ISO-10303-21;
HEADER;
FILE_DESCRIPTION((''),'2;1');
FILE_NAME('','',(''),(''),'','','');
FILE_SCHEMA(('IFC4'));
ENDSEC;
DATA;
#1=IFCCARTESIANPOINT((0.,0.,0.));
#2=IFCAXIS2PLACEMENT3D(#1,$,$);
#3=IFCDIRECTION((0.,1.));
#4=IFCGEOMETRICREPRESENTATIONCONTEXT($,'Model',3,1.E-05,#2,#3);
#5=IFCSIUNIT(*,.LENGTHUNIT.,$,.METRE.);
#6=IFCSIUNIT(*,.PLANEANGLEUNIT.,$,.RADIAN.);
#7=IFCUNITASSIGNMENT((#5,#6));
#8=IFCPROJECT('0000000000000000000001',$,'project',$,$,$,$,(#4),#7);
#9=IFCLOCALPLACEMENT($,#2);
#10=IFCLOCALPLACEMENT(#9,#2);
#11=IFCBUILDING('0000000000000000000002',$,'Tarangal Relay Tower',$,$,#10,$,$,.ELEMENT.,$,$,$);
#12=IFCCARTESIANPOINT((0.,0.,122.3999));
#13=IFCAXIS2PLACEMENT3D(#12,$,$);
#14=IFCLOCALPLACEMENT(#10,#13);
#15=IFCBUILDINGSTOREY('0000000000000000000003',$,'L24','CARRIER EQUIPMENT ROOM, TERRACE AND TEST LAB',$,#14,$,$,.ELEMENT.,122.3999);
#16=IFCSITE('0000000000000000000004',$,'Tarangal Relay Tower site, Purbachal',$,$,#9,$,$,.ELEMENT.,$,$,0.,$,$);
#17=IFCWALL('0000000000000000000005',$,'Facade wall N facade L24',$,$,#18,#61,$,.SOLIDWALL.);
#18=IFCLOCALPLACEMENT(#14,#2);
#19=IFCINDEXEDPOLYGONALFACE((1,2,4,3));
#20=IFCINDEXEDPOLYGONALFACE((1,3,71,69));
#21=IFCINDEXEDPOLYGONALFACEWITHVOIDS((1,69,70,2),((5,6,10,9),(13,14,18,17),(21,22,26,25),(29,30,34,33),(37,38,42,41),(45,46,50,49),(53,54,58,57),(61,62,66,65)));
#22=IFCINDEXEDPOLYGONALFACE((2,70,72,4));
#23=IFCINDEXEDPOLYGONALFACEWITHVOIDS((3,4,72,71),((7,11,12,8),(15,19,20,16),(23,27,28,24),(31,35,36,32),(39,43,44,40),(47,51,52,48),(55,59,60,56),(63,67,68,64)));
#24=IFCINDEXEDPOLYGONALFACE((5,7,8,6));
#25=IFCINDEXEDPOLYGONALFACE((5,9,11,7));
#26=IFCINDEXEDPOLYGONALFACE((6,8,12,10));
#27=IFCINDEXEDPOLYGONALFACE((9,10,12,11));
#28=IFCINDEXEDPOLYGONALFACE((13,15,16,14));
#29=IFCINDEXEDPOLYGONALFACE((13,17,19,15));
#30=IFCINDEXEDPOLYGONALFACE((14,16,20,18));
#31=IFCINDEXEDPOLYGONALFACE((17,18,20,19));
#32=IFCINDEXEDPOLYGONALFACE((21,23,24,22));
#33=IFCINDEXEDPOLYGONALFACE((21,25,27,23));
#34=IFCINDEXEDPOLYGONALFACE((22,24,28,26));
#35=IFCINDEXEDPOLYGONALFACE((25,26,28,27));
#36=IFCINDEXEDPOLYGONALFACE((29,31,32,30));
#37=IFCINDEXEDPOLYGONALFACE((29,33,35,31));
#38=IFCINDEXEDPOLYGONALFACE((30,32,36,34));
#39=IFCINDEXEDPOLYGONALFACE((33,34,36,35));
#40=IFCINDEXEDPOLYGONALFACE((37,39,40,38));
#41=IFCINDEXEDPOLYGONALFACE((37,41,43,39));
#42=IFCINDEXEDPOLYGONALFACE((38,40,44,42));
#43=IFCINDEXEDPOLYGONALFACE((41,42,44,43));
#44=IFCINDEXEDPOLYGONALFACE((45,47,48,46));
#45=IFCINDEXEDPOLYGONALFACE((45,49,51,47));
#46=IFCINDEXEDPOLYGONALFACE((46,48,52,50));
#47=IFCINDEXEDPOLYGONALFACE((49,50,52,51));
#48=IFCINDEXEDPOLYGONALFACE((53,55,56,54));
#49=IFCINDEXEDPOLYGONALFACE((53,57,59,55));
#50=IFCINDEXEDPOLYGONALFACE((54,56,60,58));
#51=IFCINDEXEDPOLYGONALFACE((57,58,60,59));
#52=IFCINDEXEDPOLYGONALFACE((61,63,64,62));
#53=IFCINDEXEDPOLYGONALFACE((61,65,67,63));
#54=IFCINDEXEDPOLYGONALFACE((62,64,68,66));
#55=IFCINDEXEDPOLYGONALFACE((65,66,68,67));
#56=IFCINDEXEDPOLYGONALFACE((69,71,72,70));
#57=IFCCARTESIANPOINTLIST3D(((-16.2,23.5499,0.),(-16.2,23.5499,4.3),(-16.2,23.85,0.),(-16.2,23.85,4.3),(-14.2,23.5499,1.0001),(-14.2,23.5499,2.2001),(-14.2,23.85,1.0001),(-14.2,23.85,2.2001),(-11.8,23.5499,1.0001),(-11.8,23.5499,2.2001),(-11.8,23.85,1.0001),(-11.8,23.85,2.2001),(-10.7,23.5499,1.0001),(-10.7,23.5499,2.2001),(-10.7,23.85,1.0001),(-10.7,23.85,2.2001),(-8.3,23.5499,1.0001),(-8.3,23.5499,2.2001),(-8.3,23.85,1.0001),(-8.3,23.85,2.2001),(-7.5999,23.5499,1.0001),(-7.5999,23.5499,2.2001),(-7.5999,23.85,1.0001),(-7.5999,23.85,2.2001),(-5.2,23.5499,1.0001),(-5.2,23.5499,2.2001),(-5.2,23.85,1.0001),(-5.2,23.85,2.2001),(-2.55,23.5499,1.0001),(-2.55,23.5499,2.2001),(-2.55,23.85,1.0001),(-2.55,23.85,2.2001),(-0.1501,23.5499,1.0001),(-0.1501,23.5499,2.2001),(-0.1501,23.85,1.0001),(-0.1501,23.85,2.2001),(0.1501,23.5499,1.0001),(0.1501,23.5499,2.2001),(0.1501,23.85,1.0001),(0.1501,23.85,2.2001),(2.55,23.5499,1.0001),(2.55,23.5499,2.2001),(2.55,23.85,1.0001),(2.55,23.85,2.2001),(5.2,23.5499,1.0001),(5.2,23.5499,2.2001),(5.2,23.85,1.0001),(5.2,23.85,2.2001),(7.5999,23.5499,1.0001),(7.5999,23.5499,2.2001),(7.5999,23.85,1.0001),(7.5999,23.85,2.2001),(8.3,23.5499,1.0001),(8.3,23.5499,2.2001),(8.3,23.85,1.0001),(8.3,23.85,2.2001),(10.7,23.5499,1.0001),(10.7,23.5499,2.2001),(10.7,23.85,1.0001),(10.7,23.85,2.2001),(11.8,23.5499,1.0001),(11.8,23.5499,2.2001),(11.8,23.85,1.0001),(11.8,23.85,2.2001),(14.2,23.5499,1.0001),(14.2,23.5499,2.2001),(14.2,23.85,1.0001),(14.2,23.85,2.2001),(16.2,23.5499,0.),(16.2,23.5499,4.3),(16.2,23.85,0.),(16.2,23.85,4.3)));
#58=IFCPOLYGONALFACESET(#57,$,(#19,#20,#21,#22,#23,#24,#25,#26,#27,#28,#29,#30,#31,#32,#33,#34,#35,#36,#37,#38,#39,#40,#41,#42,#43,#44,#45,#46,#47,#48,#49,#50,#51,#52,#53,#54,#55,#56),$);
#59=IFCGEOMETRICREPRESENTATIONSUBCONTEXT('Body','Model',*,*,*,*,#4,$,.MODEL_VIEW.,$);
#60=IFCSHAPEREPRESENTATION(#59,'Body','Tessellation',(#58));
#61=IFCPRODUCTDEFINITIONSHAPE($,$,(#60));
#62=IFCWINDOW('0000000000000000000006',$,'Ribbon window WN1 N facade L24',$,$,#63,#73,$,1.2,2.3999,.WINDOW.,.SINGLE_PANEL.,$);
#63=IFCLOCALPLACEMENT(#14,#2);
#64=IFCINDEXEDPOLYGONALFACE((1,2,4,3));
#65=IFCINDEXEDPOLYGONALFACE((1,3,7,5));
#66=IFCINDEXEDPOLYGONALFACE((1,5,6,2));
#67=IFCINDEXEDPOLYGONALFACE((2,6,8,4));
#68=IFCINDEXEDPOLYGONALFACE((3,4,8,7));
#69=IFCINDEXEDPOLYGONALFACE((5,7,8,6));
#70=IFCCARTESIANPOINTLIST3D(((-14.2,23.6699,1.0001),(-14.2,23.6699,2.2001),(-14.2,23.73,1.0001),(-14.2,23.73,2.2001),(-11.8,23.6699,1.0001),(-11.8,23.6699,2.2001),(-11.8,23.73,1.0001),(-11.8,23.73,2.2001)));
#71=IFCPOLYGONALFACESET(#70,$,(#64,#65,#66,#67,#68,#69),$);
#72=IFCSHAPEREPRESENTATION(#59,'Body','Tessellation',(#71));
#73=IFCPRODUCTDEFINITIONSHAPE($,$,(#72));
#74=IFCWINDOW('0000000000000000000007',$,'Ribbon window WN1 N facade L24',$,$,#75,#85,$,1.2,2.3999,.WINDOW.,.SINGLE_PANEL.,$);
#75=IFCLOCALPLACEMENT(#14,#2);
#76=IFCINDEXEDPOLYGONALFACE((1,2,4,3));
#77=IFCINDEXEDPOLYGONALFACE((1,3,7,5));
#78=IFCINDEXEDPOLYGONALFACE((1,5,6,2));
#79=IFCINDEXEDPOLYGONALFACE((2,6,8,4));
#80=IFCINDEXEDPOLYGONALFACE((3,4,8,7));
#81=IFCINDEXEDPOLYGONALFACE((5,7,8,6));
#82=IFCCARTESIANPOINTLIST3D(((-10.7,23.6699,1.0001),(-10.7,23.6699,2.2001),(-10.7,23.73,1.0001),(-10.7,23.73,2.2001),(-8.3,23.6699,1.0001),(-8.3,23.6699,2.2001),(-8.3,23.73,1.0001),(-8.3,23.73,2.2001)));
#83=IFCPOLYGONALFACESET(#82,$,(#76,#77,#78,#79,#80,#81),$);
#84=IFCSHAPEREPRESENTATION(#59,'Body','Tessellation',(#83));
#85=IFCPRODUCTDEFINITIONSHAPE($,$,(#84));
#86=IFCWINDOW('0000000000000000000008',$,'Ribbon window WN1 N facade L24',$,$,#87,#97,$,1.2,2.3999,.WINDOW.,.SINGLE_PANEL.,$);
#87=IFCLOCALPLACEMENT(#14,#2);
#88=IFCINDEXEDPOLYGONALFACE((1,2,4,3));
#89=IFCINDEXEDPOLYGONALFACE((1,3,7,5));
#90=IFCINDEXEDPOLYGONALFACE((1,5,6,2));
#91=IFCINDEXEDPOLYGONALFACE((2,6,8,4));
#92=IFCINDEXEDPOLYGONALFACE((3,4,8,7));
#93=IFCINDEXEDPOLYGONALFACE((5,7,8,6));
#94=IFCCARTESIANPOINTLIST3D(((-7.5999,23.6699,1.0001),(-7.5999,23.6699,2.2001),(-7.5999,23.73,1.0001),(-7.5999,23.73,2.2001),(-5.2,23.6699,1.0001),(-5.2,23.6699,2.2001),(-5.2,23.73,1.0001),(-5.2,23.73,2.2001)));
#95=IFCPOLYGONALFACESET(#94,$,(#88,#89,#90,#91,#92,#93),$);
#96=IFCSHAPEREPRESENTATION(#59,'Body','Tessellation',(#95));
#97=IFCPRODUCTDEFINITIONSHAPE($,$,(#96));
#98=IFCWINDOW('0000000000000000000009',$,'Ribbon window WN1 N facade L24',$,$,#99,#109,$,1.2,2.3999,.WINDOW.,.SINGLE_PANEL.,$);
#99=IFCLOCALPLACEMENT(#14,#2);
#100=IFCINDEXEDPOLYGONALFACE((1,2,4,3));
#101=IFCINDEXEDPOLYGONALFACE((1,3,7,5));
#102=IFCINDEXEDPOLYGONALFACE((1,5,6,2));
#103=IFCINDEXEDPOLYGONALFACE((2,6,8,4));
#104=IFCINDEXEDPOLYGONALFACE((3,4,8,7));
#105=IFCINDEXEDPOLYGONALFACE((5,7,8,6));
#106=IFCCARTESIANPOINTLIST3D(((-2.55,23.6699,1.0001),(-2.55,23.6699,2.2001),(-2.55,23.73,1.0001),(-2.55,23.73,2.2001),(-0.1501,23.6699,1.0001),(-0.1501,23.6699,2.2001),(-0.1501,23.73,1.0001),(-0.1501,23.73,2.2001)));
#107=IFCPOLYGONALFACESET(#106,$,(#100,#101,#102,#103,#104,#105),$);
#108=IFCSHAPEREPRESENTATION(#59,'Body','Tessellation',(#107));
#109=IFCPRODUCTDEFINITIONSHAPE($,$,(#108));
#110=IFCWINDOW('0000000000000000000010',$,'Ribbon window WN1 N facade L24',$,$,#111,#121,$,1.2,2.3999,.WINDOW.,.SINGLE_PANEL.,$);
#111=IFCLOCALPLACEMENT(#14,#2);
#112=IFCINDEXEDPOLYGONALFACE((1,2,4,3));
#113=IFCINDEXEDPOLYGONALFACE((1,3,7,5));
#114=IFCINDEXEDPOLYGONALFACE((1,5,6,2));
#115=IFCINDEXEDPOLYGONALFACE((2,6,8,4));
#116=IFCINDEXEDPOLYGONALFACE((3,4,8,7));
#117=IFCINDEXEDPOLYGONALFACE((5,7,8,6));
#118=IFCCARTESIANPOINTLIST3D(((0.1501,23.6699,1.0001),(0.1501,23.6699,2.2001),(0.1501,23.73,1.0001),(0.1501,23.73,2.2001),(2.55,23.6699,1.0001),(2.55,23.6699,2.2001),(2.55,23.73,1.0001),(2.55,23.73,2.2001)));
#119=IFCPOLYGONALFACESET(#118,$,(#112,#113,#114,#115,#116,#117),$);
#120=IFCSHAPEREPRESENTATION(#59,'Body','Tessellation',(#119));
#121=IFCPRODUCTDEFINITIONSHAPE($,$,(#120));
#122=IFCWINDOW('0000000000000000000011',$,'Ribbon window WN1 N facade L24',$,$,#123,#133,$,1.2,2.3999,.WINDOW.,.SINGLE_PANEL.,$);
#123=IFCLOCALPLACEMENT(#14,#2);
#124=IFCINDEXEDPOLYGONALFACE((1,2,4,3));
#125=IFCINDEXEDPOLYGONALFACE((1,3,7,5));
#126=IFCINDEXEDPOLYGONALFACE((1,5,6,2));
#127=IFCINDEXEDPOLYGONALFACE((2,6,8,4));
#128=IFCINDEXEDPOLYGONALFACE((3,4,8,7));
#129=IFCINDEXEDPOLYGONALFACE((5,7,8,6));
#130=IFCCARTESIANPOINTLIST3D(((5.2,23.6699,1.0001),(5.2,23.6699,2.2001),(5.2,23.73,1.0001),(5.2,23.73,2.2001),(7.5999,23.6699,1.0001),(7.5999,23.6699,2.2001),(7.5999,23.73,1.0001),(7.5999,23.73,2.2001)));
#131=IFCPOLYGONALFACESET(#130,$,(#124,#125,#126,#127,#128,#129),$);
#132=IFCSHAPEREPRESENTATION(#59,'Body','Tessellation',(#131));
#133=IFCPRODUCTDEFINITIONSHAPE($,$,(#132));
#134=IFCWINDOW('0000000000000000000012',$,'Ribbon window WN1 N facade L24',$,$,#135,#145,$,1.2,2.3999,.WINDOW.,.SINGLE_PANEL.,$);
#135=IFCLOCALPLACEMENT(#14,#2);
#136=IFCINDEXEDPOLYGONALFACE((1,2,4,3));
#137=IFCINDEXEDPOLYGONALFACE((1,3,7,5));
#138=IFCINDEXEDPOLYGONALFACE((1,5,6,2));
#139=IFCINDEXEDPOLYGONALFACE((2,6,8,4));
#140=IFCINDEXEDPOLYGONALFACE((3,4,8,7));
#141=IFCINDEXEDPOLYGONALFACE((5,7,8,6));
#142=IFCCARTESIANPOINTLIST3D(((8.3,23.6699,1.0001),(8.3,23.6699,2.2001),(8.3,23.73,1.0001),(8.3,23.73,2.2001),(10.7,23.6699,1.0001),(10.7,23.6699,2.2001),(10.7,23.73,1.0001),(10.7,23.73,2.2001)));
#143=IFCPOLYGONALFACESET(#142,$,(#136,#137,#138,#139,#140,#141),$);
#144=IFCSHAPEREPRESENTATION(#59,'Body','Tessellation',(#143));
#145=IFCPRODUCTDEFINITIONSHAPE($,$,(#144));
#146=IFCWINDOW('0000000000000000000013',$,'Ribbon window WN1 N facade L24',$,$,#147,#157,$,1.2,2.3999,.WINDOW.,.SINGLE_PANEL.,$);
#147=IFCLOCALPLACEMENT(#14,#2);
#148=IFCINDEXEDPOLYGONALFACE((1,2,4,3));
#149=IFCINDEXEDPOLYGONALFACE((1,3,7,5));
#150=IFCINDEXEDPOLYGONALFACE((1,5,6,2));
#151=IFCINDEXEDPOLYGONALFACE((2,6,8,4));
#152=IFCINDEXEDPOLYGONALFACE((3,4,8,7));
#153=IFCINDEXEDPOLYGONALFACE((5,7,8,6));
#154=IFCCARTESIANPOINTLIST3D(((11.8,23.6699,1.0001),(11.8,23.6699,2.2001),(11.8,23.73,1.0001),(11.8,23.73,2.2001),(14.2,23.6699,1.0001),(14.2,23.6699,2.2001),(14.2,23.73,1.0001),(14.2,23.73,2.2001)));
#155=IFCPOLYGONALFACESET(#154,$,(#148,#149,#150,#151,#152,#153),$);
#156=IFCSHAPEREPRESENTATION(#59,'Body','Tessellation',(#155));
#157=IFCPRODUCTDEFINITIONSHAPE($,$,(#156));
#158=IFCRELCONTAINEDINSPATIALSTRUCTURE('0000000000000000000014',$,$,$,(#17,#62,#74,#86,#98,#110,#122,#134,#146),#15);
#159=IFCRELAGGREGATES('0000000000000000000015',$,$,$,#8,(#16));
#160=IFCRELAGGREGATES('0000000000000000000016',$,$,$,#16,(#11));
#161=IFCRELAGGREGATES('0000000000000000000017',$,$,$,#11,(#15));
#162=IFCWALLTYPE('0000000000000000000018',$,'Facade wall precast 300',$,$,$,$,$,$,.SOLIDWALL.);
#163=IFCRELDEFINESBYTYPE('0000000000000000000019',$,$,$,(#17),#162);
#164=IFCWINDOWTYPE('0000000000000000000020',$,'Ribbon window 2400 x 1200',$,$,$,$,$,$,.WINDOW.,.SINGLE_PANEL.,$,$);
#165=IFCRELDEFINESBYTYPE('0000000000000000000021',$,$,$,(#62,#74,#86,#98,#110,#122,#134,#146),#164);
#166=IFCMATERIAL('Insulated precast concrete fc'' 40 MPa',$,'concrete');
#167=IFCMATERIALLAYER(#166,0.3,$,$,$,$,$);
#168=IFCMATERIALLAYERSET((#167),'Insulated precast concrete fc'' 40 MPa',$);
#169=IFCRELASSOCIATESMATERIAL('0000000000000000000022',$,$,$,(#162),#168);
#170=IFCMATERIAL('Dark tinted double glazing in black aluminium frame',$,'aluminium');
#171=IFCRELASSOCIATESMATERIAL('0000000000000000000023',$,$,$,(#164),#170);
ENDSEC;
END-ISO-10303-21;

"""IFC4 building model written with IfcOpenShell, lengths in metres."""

from ifc_helpers import new_model, si_unit, direction, frame, frame_2d, origin, place, context, subcontext, project, spatial, rectangle, extrude, material, layer, layer_set, type_object, element, fill, save


model = new_model("IFC4")

# Units and contexts
model_context = context("Model", 3, precision=1e-05, world=origin(), true_north=direction((0.0, 1.0)))
body_context = subcontext(model_context, "Body", "Model", "MODEL_VIEW")
ifc_project = project(units=[si_unit("LENGTHUNIT", "METRE"), si_unit("PLANEANGLEUNIT", "RADIAN")], contexts=[model_context])

# Site, building, storey
site_placement = place(None, origin())
site = spatial("IfcSite", under=ifc_project, at=site_placement, Name="Tarangal Relay Tower site, Purbachal", CompositionType="ELEMENT", RefElevation=0.0)
building_placement = place(site_placement, origin())
building = spatial("IfcBuilding", under=site, at=building_placement, Name="Tarangal Relay Tower", CompositionType="ELEMENT")
storey_placement = place(building_placement, frame((0.0, 0.0, 122.3999)))
storey = spatial("IfcBuildingStorey", under=building, at=storey_placement, Name="L24", Description="CARRIER EQUIPMENT ROOM, TERRACE AND TEST LAB", CompositionType="ELEMENT", Elevation=122.3999)

# Wall, openings, windows
ifc_material_1 = material(Name="Insulated precast concrete fc' 40 MPa", Category="concrete")
ifc_layer_1 = layer(ifc_material_1, 0.3)
ifc_layer_set_1 = layer_set([ifc_layer_1], Name="Insulated precast concrete fc' 40 MPa")
wall_type_1 = type_object("IfcWallType", Name="Facade wall precast 300", PredefinedType="SOLIDWALL", material=ifc_layer_set_1)
wall_1_placement = place(storey_placement, frame((-16.2, 23.7, 0.0), z_axis=(0.0, 0.0, 1.0), x_axis=(1.0, 0.0, 0.0)))
wall_1 = element("IfcWall", 1, at=wall_1_placement, inside=storey, type_object=wall_type_1, Name="Facade wall N facade L24", PredefinedType="SOLIDWALL", context=body_context, shape_type="SweptSolid", body=[
    extrude(rectangle(XDim=32.3999, YDim=0.3, at=frame_2d((16.2, 0.0))), origin(), (0.0, 0.0, 1.0), 4.3),
])
opening_1_placement = place(wall_1_placement, frame((2.0, 0.0, 1.0)))
opening_1 = element("IfcOpeningElement", 2, at=opening_1_placement, cuts=wall_1, PredefinedType="OPENING", context=body_context, shape_type="SweptSolid", body=[
    extrude(rectangle(XDim=2.3999, YDim=1.2, at=frame_2d((1.2, 0.6001))), frame((0.0, 0.1599, 0.0), z_axis=(0.0, -1.0, 0.0), x_axis=(1.0, 0.0, 0.0)), (0.0, 0.0, 1.0), 0.3201),
])
opening_2_placement = place(wall_1_placement, frame((5.5, 0.0, 1.0)))
opening_2 = element("IfcOpeningElement", 3, at=opening_2_placement, cuts=wall_1, PredefinedType="OPENING", context=body_context, shape_type="SweptSolid", body=[
    extrude(rectangle(XDim=2.3999, YDim=1.2, at=frame_2d((1.2, 0.6001))), frame((0.0, 0.1599, 0.0), z_axis=(0.0, -1.0, 0.0), x_axis=(1.0, 0.0, 0.0)), (0.0, 0.0, 1.0), 0.3201),
])
opening_3_placement = place(wall_1_placement, frame((8.6001, 0.0, 1.0)))
opening_3 = element("IfcOpeningElement", 4, at=opening_3_placement, cuts=wall_1, PredefinedType="OPENING", context=body_context, shape_type="SweptSolid", body=[
    extrude(rectangle(XDim=2.3999, YDim=1.2, at=frame_2d((1.2, 0.6001))), frame((0.0, 0.1599, 0.0), z_axis=(0.0, -1.0, 0.0), x_axis=(1.0, 0.0, 0.0)), (0.0, 0.0, 1.0), 0.3201),
])
opening_4_placement = place(wall_1_placement, frame((13.6499, 0.0, 1.0)))
opening_4 = element("IfcOpeningElement", 5, at=opening_4_placement, cuts=wall_1, PredefinedType="OPENING", context=body_context, shape_type="SweptSolid", body=[
    extrude(rectangle(XDim=2.3999, YDim=1.2, at=frame_2d((1.2, 0.6001))), frame((0.0, 0.1599, 0.0), z_axis=(0.0, -1.0, 0.0), x_axis=(1.0, 0.0, 0.0)), (0.0, 0.0, 1.0), 0.3201),
])
opening_5_placement = place(wall_1_placement, frame((16.3501, 0.0, 1.0)))
opening_5 = element("IfcOpeningElement", 6, at=opening_5_placement, cuts=wall_1, PredefinedType="OPENING", context=body_context, shape_type="SweptSolid", body=[
    extrude(rectangle(XDim=2.3999, YDim=1.2, at=frame_2d((1.2, 0.6001))), frame((0.0, 0.1599, 0.0), z_axis=(0.0, -1.0, 0.0), x_axis=(1.0, 0.0, 0.0)), (0.0, 0.0, 1.0), 0.3201),
])
opening_6_placement = place(wall_1_placement, frame((21.3999, 0.0, 1.0)))
opening_6 = element("IfcOpeningElement", 7, at=opening_6_placement, cuts=wall_1, PredefinedType="OPENING", context=body_context, shape_type="SweptSolid", body=[
    extrude(rectangle(XDim=2.3999, YDim=1.2, at=frame_2d((1.2, 0.6001))), frame((0.0, 0.1599, 0.0), z_axis=(0.0, -1.0, 0.0), x_axis=(1.0, 0.0, 0.0)), (0.0, 0.0, 1.0), 0.3201),
])
opening_7_placement = place(wall_1_placement, frame((24.5, 0.0, 1.0)))
opening_7 = element("IfcOpeningElement", 8, at=opening_7_placement, cuts=wall_1, PredefinedType="OPENING", context=body_context, shape_type="SweptSolid", body=[
    extrude(rectangle(XDim=2.3999, YDim=1.2, at=frame_2d((1.2, 0.6001))), frame((0.0, 0.1599, 0.0), z_axis=(0.0, -1.0, 0.0), x_axis=(1.0, 0.0, 0.0)), (0.0, 0.0, 1.0), 0.3201),
])
opening_8_placement = place(wall_1_placement, frame((28.0, 0.0, 1.0)))
opening_8 = element("IfcOpeningElement", 9, at=opening_8_placement, cuts=wall_1, PredefinedType="OPENING", context=body_context, shape_type="SweptSolid", body=[
    extrude(rectangle(XDim=2.3999, YDim=1.2, at=frame_2d((1.2, 0.6001))), frame((0.0, 0.1599, 0.0), z_axis=(0.0, -1.0, 0.0), x_axis=(1.0, 0.0, 0.0)), (0.0, 0.0, 1.0), 0.3201),
])
ifc_material_2 = material(Name="Dark tinted double glazing in black aluminium frame", Category="aluminium")
window_type = type_object("IfcWindowType", Name="Ribbon window 2400 x 1200", PartitioningType="SINGLE_PANEL", PredefinedType="WINDOW", material=ifc_material_2)
window_1_placement = place(opening_1_placement, origin())
window_1 = element("IfcWindow", 10, at=window_1_placement, inside=storey, type_object=window_type, Name="Ribbon window WN1 N facade L24", OverallHeight=1.2, OverallWidth=2.3999, PartitioningType="SINGLE_PANEL", PredefinedType="WINDOW", context=body_context, shape_type="SweptSolid", body=[
    extrude(rectangle(XDim=2.3999, YDim=1.2, at=frame_2d((1.2, 0.6001))), frame((0.0, 0.03, 0.0), z_axis=(0.0, -1.0, 0.0), x_axis=(1.0, 0.0, 0.0)), (0.0, 0.0, 1.0), 0.0601),
])
fill(opening_1, window_1)
window_2_placement = place(opening_2_placement, origin())
window_2 = element("IfcWindow", 11, at=window_2_placement, inside=storey, type_object=window_type, Name="Ribbon window WN1 N facade L24", OverallHeight=1.2, OverallWidth=2.3999, PartitioningType="SINGLE_PANEL", PredefinedType="WINDOW", context=body_context, shape_type="SweptSolid", body=[
    extrude(rectangle(XDim=2.3999, YDim=1.2, at=frame_2d((1.2, 0.6001))), frame((0.0, 0.03, 0.0), z_axis=(0.0, -1.0, 0.0), x_axis=(1.0, 0.0, 0.0)), (0.0, 0.0, 1.0), 0.0601),
])
fill(opening_2, window_2)
window_3_placement = place(opening_3_placement, origin())
window_3 = element("IfcWindow", 12, at=window_3_placement, inside=storey, type_object=window_type, Name="Ribbon window WN1 N facade L24", OverallHeight=1.2, OverallWidth=2.3999, PartitioningType="SINGLE_PANEL", PredefinedType="WINDOW", context=body_context, shape_type="SweptSolid", body=[
    extrude(rectangle(XDim=2.3999, YDim=1.2, at=frame_2d((1.2, 0.6001))), frame((0.0, 0.03, 0.0), z_axis=(0.0, -1.0, 0.0), x_axis=(1.0, 0.0, 0.0)), (0.0, 0.0, 1.0), 0.0601),
])
fill(opening_3, window_3)
window_4_placement = place(opening_4_placement, origin())
window_4 = element("IfcWindow", 13, at=window_4_placement, inside=storey, type_object=window_type, Name="Ribbon window WN1 N facade L24", OverallHeight=1.2, OverallWidth=2.3999, PartitioningType="SINGLE_PANEL", PredefinedType="WINDOW", context=body_context, shape_type="SweptSolid", body=[
    extrude(rectangle(XDim=2.3999, YDim=1.2, at=frame_2d((1.2, 0.6001))), frame((0.0, 0.03, 0.0), z_axis=(0.0, -1.0, 0.0), x_axis=(1.0, 0.0, 0.0)), (0.0, 0.0, 1.0), 0.0601),
])
fill(opening_4, window_4)
window_5_placement = place(opening_5_placement, origin())
window_5 = element("IfcWindow", 14, at=window_5_placement, inside=storey, type_object=window_type, Name="Ribbon window WN1 N facade L24", OverallHeight=1.2, OverallWidth=2.3999, PartitioningType="SINGLE_PANEL", PredefinedType="WINDOW", context=body_context, shape_type="SweptSolid", body=[
    extrude(rectangle(XDim=2.3999, YDim=1.2, at=frame_2d((1.2, 0.6001))), frame((0.0, 0.03, 0.0), z_axis=(0.0, -1.0, 0.0), x_axis=(1.0, 0.0, 0.0)), (0.0, 0.0, 1.0), 0.0601),
])
fill(opening_5, window_5)
window_6_placement = place(opening_6_placement, origin())
window_6 = element("IfcWindow", 15, at=window_6_placement, inside=storey, type_object=window_type, Name="Ribbon window WN1 N facade L24", OverallHeight=1.2, OverallWidth=2.3999, PartitioningType="SINGLE_PANEL", PredefinedType="WINDOW", context=body_context, shape_type="SweptSolid", body=[
    extrude(rectangle(XDim=2.3999, YDim=1.2, at=frame_2d((1.2, 0.6001))), frame((0.0, 0.03, 0.0), z_axis=(0.0, -1.0, 0.0), x_axis=(1.0, 0.0, 0.0)), (0.0, 0.0, 1.0), 0.0601),
])
fill(opening_6, window_6)
window_7_placement = place(opening_7_placement, origin())
window_7 = element("IfcWindow", 16, at=window_7_placement, inside=storey, type_object=window_type, Name="Ribbon window WN1 N facade L24", OverallHeight=1.2, OverallWidth=2.3999, PartitioningType="SINGLE_PANEL", PredefinedType="WINDOW", context=body_context, shape_type="SweptSolid", body=[
    extrude(rectangle(XDim=2.3999, YDim=1.2, at=frame_2d((1.2, 0.6001))), frame((0.0, 0.03, 0.0), z_axis=(0.0, -1.0, 0.0), x_axis=(1.0, 0.0, 0.0)), (0.0, 0.0, 1.0), 0.0601),
])
fill(opening_7, window_7)
window_8_placement = place(opening_8_placement, origin())
window_8 = element("IfcWindow", 17, at=window_8_placement, inside=storey, type_object=window_type, Name="Ribbon window WN1 N facade L24", OverallHeight=1.2, OverallWidth=2.3999, PartitioningType="SINGLE_PANEL", PredefinedType="WINDOW", context=body_context, shape_type="SweptSolid", body=[
    extrude(rectangle(XDim=2.3999, YDim=1.2, at=frame_2d((1.2, 0.6001))), frame((0.0, 0.03, 0.0), z_axis=(0.0, -1.0, 0.0), x_axis=(1.0, 0.0, 0.0)), (0.0, 0.0, 1.0), 0.0601),
])
fill(opening_8, window_8)

save(model, "model.ifc")
